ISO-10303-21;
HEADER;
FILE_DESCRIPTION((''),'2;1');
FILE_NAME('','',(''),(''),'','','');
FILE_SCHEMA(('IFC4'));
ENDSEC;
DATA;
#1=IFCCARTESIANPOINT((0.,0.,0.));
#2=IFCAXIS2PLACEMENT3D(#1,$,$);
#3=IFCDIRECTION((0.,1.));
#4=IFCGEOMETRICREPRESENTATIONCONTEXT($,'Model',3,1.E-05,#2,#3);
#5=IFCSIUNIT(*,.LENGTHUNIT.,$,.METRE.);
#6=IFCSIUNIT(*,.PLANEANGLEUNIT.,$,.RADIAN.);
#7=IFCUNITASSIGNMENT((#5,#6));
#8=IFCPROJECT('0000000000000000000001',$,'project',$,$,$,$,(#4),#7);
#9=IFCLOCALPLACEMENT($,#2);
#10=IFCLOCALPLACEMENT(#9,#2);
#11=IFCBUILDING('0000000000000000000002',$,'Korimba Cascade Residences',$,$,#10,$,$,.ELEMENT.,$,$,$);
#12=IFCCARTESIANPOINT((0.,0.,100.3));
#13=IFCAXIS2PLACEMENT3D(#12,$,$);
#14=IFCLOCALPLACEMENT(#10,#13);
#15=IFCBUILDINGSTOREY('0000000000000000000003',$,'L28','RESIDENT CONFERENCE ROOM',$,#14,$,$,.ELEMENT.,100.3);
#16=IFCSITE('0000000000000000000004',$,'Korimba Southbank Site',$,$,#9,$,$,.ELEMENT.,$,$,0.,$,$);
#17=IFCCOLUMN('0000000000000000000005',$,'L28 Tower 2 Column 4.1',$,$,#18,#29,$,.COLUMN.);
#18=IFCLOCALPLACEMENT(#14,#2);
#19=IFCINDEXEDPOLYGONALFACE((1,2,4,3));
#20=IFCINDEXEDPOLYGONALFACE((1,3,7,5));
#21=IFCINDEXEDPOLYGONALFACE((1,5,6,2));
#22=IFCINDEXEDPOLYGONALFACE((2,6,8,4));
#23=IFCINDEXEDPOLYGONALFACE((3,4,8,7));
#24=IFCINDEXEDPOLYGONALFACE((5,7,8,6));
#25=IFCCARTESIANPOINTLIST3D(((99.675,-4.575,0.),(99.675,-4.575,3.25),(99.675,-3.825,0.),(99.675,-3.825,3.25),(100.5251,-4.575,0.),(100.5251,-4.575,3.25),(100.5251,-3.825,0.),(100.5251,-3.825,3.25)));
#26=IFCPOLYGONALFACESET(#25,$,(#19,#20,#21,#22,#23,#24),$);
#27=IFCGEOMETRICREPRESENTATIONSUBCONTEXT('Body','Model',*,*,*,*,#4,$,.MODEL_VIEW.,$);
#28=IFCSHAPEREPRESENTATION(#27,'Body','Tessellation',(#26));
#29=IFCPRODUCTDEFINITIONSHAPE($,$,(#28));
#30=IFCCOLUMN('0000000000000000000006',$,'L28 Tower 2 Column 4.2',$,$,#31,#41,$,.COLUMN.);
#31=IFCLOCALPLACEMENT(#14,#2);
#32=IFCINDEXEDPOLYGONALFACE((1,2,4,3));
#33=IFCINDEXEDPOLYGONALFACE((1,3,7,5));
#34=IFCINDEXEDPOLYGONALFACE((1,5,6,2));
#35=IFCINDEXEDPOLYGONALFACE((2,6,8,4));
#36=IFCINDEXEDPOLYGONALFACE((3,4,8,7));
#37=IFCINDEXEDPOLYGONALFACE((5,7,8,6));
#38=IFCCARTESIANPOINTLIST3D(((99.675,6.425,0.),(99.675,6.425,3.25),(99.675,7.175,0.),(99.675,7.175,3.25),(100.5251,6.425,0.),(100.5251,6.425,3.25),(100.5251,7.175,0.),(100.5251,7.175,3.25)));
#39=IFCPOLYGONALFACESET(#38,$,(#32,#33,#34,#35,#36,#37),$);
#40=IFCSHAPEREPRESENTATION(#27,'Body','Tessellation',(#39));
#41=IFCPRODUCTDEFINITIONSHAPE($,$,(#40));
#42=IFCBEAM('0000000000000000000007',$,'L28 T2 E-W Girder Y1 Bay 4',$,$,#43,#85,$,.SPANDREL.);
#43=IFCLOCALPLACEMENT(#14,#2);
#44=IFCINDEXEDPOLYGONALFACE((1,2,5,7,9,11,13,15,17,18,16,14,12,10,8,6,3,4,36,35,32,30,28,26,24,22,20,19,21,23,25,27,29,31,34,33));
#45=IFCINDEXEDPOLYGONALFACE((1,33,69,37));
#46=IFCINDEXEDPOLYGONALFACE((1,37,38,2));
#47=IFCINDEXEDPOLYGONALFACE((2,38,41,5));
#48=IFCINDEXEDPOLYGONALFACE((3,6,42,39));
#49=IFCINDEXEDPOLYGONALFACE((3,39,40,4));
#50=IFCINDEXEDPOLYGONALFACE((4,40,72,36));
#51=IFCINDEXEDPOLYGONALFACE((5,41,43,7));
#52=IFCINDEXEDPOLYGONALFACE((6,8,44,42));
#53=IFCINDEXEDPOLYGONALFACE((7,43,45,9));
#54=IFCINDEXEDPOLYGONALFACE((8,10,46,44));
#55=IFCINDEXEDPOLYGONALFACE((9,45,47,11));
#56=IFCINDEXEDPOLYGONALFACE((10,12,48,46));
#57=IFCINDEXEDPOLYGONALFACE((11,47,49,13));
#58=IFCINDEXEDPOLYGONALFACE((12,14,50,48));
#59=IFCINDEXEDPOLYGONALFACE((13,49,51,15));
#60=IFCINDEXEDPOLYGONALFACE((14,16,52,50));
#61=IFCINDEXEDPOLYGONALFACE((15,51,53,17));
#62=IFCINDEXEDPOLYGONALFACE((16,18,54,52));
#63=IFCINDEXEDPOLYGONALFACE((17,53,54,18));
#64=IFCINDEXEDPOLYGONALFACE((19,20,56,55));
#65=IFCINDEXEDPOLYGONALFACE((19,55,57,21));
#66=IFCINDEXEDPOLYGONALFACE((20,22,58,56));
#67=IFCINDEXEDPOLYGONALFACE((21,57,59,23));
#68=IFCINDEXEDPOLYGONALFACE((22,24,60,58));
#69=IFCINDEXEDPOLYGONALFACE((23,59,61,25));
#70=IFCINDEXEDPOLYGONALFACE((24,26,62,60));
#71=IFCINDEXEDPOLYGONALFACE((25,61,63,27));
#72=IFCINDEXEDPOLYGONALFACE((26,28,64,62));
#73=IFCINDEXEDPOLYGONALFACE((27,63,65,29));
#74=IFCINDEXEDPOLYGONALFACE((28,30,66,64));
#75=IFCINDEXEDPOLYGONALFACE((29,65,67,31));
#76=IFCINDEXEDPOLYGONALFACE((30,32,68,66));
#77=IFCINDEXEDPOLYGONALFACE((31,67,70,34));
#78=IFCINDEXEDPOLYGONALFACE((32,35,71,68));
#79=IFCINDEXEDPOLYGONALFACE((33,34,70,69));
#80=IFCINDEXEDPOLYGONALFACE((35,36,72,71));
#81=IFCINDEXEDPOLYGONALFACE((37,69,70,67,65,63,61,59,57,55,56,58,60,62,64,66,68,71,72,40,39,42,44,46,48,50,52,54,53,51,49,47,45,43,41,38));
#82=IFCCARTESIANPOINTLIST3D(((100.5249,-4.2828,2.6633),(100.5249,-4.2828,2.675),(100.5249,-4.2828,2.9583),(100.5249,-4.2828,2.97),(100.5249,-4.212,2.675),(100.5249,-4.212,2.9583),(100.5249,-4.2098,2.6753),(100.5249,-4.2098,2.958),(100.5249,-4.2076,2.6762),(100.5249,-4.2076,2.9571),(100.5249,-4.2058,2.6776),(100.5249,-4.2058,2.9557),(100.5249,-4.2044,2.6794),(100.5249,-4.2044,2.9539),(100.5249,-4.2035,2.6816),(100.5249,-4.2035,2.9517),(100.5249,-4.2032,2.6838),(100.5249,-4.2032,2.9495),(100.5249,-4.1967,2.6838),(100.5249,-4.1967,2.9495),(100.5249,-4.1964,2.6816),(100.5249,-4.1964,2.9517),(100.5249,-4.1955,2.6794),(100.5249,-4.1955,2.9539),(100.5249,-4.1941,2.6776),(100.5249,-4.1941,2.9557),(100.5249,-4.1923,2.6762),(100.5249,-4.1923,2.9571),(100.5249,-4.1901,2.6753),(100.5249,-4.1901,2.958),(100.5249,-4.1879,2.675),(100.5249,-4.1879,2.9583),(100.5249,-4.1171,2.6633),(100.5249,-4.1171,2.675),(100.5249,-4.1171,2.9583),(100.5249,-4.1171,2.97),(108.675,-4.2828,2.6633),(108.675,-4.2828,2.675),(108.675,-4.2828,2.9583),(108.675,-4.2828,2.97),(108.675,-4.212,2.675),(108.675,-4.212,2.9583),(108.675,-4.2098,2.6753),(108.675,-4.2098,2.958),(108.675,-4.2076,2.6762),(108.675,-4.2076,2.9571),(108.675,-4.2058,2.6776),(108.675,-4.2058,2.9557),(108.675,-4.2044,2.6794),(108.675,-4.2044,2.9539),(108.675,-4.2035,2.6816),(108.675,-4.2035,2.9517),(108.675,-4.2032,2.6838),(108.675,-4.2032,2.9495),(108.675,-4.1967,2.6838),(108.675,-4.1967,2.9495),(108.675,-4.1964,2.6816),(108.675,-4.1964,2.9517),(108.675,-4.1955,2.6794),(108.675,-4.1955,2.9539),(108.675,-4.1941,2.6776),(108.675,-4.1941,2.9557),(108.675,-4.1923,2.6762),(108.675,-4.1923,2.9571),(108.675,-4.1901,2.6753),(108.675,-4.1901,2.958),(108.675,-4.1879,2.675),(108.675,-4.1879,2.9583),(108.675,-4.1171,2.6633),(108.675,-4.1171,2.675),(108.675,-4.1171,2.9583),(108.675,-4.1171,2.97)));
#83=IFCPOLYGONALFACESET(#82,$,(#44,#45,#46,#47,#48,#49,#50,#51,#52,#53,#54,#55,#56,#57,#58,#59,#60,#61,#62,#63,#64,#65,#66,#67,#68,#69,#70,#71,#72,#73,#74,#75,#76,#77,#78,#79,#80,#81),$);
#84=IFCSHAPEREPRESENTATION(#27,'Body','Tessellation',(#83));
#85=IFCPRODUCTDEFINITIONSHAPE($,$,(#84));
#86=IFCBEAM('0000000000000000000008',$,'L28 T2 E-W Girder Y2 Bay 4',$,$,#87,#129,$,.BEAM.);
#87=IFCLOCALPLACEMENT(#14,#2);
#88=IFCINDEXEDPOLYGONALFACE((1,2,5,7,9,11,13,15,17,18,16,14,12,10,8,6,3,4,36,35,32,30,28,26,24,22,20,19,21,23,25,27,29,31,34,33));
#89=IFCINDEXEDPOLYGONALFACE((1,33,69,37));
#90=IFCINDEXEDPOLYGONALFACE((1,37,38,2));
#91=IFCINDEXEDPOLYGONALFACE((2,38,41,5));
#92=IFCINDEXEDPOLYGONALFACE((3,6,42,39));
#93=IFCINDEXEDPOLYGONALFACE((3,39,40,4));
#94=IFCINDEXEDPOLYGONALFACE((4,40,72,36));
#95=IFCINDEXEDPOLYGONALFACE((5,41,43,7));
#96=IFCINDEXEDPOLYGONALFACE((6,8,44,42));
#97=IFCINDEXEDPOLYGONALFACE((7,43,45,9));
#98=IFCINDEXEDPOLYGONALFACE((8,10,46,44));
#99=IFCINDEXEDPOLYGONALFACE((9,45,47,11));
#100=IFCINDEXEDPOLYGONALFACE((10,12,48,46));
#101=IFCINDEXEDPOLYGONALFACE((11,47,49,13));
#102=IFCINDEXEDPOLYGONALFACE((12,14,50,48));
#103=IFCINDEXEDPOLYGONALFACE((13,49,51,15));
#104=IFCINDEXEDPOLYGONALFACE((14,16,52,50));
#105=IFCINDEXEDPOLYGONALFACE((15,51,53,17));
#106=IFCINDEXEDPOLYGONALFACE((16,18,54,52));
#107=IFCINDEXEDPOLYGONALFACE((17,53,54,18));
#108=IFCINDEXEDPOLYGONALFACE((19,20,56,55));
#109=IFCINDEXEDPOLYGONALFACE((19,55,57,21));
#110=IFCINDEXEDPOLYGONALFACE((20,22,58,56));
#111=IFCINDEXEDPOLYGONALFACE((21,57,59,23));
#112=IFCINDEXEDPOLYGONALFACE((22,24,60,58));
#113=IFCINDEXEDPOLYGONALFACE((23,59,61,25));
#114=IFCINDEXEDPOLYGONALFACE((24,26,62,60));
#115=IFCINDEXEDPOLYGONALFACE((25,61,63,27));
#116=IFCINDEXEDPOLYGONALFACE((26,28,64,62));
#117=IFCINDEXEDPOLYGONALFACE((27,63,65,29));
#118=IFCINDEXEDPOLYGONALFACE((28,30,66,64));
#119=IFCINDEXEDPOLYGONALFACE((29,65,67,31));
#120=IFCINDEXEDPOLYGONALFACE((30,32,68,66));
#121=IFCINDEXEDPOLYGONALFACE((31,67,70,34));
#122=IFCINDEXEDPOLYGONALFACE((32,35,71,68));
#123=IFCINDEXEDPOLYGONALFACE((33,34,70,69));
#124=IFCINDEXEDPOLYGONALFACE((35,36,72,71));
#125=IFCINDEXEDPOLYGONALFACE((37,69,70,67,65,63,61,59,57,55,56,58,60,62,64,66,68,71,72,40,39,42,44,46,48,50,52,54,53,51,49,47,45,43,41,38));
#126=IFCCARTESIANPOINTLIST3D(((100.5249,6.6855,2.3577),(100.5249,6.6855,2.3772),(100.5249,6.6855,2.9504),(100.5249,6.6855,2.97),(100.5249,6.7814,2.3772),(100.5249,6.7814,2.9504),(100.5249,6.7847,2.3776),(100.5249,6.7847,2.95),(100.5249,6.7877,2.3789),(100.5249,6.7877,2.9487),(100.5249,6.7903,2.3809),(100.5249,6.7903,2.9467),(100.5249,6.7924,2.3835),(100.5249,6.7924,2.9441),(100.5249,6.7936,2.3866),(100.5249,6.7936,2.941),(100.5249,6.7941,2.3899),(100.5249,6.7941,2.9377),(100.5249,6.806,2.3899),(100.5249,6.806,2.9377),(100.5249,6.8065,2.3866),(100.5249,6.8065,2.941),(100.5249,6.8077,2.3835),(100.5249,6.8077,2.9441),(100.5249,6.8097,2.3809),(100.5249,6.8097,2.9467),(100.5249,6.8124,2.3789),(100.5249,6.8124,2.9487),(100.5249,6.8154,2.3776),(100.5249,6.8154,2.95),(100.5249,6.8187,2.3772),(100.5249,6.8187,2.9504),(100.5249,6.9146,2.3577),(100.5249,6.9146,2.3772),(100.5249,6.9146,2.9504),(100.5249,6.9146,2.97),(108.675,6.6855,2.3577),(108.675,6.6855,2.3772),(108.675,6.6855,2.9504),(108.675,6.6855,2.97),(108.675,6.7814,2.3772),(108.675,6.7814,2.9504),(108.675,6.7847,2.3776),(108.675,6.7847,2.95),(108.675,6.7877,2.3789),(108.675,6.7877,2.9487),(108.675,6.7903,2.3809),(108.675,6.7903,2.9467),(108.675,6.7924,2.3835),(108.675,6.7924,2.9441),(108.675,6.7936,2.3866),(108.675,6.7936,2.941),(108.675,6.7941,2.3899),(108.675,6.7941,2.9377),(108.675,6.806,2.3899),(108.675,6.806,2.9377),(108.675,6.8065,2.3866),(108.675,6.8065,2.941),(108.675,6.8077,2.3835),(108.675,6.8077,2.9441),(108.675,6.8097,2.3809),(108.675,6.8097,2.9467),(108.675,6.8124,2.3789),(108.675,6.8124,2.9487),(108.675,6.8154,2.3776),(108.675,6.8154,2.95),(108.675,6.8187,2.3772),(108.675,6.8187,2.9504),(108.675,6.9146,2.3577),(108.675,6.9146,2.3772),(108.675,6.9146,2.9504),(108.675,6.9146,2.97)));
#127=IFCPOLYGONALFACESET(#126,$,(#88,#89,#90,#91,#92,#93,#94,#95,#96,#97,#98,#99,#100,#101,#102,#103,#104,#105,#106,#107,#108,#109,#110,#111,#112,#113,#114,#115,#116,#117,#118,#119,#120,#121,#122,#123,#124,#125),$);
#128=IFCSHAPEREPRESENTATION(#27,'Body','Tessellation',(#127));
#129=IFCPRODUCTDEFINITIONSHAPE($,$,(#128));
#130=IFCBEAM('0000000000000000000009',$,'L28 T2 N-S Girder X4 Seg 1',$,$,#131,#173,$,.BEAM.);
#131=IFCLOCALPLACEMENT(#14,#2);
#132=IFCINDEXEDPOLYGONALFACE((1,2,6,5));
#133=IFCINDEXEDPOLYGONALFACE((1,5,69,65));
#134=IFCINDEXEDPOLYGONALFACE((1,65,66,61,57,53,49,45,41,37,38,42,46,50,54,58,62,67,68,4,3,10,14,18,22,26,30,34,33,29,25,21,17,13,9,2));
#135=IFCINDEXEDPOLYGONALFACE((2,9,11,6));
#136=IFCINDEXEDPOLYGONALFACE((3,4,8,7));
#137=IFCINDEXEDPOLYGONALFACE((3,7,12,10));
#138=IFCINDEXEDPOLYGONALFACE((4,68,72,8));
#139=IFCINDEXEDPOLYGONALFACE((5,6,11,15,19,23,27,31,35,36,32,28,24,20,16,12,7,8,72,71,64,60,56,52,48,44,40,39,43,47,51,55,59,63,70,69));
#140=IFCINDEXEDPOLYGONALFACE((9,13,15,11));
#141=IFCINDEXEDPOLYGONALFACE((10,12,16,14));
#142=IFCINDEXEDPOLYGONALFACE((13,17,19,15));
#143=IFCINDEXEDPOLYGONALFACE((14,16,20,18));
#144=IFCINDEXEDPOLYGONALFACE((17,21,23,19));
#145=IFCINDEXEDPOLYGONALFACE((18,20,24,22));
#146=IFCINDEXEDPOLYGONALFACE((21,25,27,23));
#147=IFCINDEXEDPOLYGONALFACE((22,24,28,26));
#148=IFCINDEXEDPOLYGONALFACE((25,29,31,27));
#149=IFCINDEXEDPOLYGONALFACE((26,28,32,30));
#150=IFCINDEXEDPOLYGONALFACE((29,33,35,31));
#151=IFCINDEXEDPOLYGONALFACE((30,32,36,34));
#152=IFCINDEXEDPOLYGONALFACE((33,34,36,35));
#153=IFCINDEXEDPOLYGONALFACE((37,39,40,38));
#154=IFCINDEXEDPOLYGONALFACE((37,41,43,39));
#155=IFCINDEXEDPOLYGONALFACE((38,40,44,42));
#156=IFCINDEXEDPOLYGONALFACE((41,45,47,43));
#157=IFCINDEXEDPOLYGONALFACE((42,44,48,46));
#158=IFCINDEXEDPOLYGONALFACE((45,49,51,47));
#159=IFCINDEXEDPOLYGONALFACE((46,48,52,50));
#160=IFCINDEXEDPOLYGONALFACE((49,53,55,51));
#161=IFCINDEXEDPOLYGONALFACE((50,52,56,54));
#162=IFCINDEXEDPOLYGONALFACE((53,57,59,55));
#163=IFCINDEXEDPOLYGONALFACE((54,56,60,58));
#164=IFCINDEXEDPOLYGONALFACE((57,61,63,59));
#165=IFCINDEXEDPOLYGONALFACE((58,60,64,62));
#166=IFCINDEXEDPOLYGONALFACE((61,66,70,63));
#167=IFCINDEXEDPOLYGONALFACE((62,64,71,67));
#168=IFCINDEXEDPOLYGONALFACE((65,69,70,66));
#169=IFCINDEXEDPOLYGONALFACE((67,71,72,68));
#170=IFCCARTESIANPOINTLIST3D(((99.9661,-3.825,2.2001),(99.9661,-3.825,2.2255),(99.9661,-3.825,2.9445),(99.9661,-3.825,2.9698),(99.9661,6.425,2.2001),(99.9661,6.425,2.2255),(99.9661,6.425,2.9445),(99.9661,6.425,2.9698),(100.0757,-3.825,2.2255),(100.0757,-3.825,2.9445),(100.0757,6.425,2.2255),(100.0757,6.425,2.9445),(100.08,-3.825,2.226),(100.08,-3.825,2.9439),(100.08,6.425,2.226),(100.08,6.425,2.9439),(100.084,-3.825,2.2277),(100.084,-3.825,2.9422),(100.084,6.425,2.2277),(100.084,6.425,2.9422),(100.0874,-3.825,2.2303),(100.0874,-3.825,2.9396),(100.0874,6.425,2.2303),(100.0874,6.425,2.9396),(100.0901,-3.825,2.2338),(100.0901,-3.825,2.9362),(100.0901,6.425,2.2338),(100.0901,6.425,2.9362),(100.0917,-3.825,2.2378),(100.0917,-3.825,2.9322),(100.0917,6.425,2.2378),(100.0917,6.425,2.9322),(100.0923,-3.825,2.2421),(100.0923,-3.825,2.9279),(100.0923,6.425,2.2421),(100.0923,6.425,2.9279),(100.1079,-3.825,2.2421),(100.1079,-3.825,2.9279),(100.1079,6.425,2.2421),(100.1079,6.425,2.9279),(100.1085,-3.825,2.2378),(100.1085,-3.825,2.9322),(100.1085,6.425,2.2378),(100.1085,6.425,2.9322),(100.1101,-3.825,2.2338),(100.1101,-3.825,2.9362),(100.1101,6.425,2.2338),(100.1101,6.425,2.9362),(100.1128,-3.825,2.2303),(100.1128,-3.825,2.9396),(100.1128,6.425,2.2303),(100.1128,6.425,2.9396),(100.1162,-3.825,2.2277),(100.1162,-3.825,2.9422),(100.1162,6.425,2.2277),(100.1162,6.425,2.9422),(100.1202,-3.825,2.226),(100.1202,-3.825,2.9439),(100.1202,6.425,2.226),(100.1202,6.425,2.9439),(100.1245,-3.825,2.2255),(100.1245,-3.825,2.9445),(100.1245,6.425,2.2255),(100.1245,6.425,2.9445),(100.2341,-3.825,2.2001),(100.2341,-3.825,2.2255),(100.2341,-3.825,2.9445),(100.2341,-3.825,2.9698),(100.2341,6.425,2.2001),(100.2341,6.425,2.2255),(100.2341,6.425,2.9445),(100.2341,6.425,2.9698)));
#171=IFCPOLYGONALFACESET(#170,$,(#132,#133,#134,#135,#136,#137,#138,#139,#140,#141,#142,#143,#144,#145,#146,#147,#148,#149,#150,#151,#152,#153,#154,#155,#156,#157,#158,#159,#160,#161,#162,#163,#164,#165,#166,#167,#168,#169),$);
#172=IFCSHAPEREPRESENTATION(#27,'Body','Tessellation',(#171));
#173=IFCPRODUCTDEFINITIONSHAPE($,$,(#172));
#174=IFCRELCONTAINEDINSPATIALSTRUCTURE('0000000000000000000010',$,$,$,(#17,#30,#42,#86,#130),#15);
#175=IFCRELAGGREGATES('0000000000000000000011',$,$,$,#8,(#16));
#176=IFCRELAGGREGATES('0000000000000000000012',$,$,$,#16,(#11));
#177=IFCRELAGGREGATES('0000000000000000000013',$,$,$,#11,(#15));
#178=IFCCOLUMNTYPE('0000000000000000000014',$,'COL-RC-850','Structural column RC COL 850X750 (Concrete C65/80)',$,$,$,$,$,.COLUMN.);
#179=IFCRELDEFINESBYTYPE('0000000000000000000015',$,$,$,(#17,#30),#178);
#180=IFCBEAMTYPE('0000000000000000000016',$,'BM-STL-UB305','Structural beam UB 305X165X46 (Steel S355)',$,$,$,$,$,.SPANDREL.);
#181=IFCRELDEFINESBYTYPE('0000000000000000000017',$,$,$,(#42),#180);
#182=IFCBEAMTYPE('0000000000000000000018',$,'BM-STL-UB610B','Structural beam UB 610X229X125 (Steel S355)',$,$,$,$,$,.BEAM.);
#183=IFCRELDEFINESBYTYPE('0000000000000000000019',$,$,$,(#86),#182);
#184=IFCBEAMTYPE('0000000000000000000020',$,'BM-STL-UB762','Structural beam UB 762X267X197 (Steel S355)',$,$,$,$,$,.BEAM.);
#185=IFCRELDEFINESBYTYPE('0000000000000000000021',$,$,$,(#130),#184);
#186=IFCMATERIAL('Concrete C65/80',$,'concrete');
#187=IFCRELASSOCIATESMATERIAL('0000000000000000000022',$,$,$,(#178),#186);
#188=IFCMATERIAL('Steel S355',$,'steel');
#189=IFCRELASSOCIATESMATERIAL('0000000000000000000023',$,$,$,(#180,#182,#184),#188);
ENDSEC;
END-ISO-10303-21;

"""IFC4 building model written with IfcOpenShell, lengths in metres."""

from ifc_helpers import new_model, si_unit, direction, frame, origin, origin_2d, place, context, subcontext, project, spatial, rectangle, i_section, extrude, material, material_profile, profile_set, type_object, element, save


model = new_model("IFC4")

# Units and contexts
model_context = context("Model", 3, precision=1e-05, world=origin(), true_north=direction((0.0, 1.0)))
body_context = subcontext(model_context, "Body", "Model", "MODEL_VIEW")
ifc_project = project(units=[si_unit("LENGTHUNIT", "METRE"), si_unit("PLANEANGLEUNIT", "RADIAN")], contexts=[model_context])

# Site, building, storey
site_placement = place(None, origin())
site = spatial("IfcSite", under=ifc_project, at=site_placement, Name="Korimba Southbank Site", CompositionType="ELEMENT", RefElevation=0.0)
building_placement = place(site_placement, origin())
building = spatial("IfcBuilding", under=site, at=building_placement, Name="Korimba Cascade Residences", CompositionType="ELEMENT")
storey_placement = place(building_placement, frame((0.0, 0.0, 100.3)))
storey = spatial("IfcBuildingStorey", under=building, at=storey_placement, Name="L28", Description="RESIDENT CONFERENCE ROOM", CompositionType="ELEMENT", Elevation=100.3)

# Columns
ifc_material_1 = material(Name="Concrete C65/80", Category="concrete")
ifc_material_profile_1 = material_profile(ifc_material_1, rectangle(XDim=0.8501, YDim=0.75, at=origin_2d()), Name="Concrete C65/80")
ifc_profile_set_1 = profile_set([ifc_material_profile_1], Name="Concrete C65/80")
column_type = type_object("IfcColumnType", Name="COL-RC-850", Description="Structural column RC COL 850X750 (Concrete C65/80)", PredefinedType="COLUMN", material=ifc_profile_set_1)
for number, where, z_axis, x_axis, name in (
    (1, (100.1001, -4.2, 0.0), (0.0, 0.0, 1.0), (1.0, 0.0, 0.0), "L28 Tower 2 Column 4.1"),
    (2, (100.1001, 6.8, 0.0), (0.0, 0.0, 1.0), (1.0, 0.0, 0.0), "L28 Tower 2 Column 4.2"),
):
    element("IfcColumn", number, at=place(storey_placement, frame(where, z_axis=z_axis, x_axis=x_axis)), inside=storey, type_object=column_type, Name=name, PredefinedType="COLUMN", context=body_context, shape_type="SweptSolid", body=[
        extrude(rectangle(XDim=0.8501, YDim=0.75, at=origin_2d()), origin(), (0.0, 0.0, 1.0), 3.25),
    ])

# Beams
ifc_material_2 = material(Name="Steel S355", Category="steel")
ifc_material_profile_2 = material_profile(ifc_material_2, i_section(OverallWidth=0.1658, OverallDepth=0.3066, WebThickness=0.0066, FlangeThickness=0.0117, FilletRadius=0.0088, at=origin_2d()), Name="Steel S355")
ifc_profile_set_2 = profile_set([ifc_material_profile_2], Name="Steel S355")
beam_type_1 = type_object("IfcBeamType", Name="BM-STL-UB305", Description="Structural beam UB 305X165X46 (Steel S355)", PredefinedType="SPANDREL", material=ifc_profile_set_2)
beam_1_placement = place(storey_placement, frame((100.5249, -4.2, 2.8167), z_axis=(1.0, 0.0, 0.0), x_axis=(0.0, 1.0, 0.0)))
element("IfcBeam", 3, at=beam_1_placement, inside=storey, type_object=beam_type_1, Name="L28 T2 E-W Girder Y1 Bay 4", PredefinedType="SPANDREL", context=body_context, shape_type="SweptSolid", body=[
    extrude(i_section(OverallWidth=0.1658, OverallDepth=0.3066, WebThickness=0.0066, FlangeThickness=0.0117, FilletRadius=0.0088, at=origin_2d()), origin(), (0.0, 0.0, 1.0), 8.1501),
])
ifc_material_profile_3 = material_profile(ifc_material_2, i_section(OverallWidth=0.229, OverallDepth=0.6123, WebThickness=0.012, FlangeThickness=0.0195, FilletRadius=0.0127, at=origin_2d()), Name="Steel S355")
ifc_profile_set_3 = profile_set([ifc_material_profile_3], Name="Steel S355")
beam_type_2 = type_object("IfcBeamType", Name="BM-STL-UB610B", Description="Structural beam UB 610X229X125 (Steel S355)", PredefinedType="BEAM", material=ifc_profile_set_3)
beam_2_placement = place(storey_placement, frame((100.5249, 6.8, 2.6638), z_axis=(1.0, 0.0, 0.0), x_axis=(0.0, 1.0, 0.0)))
element("IfcBeam", 4, at=beam_2_placement, inside=storey, type_object=beam_type_2, Name="L28 T2 E-W Girder Y2 Bay 4", PredefinedType="BEAM", context=body_context, shape_type="SweptSolid", body=[
    extrude(i_section(OverallWidth=0.229, OverallDepth=0.6123, WebThickness=0.012, FlangeThickness=0.0195, FilletRadius=0.0127, at=origin_2d()), origin(), (0.0, 0.0, 1.0), 8.1501),
])
ifc_material_profile_4 = material_profile(ifc_material_2, i_section(OverallWidth=0.2681, OverallDepth=0.7698, WebThickness=0.0156, FlangeThickness=0.0254, FilletRadius=0.0166, at=origin_2d()), Name="Steel S355")
ifc_profile_set_4 = profile_set([ifc_material_profile_4], Name="Steel S355")
beam_type_3 = type_object("IfcBeamType", Name="BM-STL-UB762", Description="Structural beam UB 762X267X197 (Steel S355)", PredefinedType="BEAM", material=ifc_profile_set_4)
beam_3_placement = place(storey_placement, frame((100.1001, -3.825, 2.585), z_axis=(0.0, 1.0, 0.0), x_axis=(-1.0, 0.0, 0.0)))
element("IfcBeam", 5, at=beam_3_placement, inside=storey, type_object=beam_type_3, Name="L28 T2 N-S Girder X4 Seg 1", PredefinedType="BEAM", context=body_context, shape_type="SweptSolid", body=[
    extrude(i_section(OverallWidth=0.2681, OverallDepth=0.7698, WebThickness=0.0156, FlangeThickness=0.0254, FilletRadius=0.0166, at=origin_2d()), origin(), (0.0, 0.0, 1.0), 10.25),
])

save(model, "model.ifc")
